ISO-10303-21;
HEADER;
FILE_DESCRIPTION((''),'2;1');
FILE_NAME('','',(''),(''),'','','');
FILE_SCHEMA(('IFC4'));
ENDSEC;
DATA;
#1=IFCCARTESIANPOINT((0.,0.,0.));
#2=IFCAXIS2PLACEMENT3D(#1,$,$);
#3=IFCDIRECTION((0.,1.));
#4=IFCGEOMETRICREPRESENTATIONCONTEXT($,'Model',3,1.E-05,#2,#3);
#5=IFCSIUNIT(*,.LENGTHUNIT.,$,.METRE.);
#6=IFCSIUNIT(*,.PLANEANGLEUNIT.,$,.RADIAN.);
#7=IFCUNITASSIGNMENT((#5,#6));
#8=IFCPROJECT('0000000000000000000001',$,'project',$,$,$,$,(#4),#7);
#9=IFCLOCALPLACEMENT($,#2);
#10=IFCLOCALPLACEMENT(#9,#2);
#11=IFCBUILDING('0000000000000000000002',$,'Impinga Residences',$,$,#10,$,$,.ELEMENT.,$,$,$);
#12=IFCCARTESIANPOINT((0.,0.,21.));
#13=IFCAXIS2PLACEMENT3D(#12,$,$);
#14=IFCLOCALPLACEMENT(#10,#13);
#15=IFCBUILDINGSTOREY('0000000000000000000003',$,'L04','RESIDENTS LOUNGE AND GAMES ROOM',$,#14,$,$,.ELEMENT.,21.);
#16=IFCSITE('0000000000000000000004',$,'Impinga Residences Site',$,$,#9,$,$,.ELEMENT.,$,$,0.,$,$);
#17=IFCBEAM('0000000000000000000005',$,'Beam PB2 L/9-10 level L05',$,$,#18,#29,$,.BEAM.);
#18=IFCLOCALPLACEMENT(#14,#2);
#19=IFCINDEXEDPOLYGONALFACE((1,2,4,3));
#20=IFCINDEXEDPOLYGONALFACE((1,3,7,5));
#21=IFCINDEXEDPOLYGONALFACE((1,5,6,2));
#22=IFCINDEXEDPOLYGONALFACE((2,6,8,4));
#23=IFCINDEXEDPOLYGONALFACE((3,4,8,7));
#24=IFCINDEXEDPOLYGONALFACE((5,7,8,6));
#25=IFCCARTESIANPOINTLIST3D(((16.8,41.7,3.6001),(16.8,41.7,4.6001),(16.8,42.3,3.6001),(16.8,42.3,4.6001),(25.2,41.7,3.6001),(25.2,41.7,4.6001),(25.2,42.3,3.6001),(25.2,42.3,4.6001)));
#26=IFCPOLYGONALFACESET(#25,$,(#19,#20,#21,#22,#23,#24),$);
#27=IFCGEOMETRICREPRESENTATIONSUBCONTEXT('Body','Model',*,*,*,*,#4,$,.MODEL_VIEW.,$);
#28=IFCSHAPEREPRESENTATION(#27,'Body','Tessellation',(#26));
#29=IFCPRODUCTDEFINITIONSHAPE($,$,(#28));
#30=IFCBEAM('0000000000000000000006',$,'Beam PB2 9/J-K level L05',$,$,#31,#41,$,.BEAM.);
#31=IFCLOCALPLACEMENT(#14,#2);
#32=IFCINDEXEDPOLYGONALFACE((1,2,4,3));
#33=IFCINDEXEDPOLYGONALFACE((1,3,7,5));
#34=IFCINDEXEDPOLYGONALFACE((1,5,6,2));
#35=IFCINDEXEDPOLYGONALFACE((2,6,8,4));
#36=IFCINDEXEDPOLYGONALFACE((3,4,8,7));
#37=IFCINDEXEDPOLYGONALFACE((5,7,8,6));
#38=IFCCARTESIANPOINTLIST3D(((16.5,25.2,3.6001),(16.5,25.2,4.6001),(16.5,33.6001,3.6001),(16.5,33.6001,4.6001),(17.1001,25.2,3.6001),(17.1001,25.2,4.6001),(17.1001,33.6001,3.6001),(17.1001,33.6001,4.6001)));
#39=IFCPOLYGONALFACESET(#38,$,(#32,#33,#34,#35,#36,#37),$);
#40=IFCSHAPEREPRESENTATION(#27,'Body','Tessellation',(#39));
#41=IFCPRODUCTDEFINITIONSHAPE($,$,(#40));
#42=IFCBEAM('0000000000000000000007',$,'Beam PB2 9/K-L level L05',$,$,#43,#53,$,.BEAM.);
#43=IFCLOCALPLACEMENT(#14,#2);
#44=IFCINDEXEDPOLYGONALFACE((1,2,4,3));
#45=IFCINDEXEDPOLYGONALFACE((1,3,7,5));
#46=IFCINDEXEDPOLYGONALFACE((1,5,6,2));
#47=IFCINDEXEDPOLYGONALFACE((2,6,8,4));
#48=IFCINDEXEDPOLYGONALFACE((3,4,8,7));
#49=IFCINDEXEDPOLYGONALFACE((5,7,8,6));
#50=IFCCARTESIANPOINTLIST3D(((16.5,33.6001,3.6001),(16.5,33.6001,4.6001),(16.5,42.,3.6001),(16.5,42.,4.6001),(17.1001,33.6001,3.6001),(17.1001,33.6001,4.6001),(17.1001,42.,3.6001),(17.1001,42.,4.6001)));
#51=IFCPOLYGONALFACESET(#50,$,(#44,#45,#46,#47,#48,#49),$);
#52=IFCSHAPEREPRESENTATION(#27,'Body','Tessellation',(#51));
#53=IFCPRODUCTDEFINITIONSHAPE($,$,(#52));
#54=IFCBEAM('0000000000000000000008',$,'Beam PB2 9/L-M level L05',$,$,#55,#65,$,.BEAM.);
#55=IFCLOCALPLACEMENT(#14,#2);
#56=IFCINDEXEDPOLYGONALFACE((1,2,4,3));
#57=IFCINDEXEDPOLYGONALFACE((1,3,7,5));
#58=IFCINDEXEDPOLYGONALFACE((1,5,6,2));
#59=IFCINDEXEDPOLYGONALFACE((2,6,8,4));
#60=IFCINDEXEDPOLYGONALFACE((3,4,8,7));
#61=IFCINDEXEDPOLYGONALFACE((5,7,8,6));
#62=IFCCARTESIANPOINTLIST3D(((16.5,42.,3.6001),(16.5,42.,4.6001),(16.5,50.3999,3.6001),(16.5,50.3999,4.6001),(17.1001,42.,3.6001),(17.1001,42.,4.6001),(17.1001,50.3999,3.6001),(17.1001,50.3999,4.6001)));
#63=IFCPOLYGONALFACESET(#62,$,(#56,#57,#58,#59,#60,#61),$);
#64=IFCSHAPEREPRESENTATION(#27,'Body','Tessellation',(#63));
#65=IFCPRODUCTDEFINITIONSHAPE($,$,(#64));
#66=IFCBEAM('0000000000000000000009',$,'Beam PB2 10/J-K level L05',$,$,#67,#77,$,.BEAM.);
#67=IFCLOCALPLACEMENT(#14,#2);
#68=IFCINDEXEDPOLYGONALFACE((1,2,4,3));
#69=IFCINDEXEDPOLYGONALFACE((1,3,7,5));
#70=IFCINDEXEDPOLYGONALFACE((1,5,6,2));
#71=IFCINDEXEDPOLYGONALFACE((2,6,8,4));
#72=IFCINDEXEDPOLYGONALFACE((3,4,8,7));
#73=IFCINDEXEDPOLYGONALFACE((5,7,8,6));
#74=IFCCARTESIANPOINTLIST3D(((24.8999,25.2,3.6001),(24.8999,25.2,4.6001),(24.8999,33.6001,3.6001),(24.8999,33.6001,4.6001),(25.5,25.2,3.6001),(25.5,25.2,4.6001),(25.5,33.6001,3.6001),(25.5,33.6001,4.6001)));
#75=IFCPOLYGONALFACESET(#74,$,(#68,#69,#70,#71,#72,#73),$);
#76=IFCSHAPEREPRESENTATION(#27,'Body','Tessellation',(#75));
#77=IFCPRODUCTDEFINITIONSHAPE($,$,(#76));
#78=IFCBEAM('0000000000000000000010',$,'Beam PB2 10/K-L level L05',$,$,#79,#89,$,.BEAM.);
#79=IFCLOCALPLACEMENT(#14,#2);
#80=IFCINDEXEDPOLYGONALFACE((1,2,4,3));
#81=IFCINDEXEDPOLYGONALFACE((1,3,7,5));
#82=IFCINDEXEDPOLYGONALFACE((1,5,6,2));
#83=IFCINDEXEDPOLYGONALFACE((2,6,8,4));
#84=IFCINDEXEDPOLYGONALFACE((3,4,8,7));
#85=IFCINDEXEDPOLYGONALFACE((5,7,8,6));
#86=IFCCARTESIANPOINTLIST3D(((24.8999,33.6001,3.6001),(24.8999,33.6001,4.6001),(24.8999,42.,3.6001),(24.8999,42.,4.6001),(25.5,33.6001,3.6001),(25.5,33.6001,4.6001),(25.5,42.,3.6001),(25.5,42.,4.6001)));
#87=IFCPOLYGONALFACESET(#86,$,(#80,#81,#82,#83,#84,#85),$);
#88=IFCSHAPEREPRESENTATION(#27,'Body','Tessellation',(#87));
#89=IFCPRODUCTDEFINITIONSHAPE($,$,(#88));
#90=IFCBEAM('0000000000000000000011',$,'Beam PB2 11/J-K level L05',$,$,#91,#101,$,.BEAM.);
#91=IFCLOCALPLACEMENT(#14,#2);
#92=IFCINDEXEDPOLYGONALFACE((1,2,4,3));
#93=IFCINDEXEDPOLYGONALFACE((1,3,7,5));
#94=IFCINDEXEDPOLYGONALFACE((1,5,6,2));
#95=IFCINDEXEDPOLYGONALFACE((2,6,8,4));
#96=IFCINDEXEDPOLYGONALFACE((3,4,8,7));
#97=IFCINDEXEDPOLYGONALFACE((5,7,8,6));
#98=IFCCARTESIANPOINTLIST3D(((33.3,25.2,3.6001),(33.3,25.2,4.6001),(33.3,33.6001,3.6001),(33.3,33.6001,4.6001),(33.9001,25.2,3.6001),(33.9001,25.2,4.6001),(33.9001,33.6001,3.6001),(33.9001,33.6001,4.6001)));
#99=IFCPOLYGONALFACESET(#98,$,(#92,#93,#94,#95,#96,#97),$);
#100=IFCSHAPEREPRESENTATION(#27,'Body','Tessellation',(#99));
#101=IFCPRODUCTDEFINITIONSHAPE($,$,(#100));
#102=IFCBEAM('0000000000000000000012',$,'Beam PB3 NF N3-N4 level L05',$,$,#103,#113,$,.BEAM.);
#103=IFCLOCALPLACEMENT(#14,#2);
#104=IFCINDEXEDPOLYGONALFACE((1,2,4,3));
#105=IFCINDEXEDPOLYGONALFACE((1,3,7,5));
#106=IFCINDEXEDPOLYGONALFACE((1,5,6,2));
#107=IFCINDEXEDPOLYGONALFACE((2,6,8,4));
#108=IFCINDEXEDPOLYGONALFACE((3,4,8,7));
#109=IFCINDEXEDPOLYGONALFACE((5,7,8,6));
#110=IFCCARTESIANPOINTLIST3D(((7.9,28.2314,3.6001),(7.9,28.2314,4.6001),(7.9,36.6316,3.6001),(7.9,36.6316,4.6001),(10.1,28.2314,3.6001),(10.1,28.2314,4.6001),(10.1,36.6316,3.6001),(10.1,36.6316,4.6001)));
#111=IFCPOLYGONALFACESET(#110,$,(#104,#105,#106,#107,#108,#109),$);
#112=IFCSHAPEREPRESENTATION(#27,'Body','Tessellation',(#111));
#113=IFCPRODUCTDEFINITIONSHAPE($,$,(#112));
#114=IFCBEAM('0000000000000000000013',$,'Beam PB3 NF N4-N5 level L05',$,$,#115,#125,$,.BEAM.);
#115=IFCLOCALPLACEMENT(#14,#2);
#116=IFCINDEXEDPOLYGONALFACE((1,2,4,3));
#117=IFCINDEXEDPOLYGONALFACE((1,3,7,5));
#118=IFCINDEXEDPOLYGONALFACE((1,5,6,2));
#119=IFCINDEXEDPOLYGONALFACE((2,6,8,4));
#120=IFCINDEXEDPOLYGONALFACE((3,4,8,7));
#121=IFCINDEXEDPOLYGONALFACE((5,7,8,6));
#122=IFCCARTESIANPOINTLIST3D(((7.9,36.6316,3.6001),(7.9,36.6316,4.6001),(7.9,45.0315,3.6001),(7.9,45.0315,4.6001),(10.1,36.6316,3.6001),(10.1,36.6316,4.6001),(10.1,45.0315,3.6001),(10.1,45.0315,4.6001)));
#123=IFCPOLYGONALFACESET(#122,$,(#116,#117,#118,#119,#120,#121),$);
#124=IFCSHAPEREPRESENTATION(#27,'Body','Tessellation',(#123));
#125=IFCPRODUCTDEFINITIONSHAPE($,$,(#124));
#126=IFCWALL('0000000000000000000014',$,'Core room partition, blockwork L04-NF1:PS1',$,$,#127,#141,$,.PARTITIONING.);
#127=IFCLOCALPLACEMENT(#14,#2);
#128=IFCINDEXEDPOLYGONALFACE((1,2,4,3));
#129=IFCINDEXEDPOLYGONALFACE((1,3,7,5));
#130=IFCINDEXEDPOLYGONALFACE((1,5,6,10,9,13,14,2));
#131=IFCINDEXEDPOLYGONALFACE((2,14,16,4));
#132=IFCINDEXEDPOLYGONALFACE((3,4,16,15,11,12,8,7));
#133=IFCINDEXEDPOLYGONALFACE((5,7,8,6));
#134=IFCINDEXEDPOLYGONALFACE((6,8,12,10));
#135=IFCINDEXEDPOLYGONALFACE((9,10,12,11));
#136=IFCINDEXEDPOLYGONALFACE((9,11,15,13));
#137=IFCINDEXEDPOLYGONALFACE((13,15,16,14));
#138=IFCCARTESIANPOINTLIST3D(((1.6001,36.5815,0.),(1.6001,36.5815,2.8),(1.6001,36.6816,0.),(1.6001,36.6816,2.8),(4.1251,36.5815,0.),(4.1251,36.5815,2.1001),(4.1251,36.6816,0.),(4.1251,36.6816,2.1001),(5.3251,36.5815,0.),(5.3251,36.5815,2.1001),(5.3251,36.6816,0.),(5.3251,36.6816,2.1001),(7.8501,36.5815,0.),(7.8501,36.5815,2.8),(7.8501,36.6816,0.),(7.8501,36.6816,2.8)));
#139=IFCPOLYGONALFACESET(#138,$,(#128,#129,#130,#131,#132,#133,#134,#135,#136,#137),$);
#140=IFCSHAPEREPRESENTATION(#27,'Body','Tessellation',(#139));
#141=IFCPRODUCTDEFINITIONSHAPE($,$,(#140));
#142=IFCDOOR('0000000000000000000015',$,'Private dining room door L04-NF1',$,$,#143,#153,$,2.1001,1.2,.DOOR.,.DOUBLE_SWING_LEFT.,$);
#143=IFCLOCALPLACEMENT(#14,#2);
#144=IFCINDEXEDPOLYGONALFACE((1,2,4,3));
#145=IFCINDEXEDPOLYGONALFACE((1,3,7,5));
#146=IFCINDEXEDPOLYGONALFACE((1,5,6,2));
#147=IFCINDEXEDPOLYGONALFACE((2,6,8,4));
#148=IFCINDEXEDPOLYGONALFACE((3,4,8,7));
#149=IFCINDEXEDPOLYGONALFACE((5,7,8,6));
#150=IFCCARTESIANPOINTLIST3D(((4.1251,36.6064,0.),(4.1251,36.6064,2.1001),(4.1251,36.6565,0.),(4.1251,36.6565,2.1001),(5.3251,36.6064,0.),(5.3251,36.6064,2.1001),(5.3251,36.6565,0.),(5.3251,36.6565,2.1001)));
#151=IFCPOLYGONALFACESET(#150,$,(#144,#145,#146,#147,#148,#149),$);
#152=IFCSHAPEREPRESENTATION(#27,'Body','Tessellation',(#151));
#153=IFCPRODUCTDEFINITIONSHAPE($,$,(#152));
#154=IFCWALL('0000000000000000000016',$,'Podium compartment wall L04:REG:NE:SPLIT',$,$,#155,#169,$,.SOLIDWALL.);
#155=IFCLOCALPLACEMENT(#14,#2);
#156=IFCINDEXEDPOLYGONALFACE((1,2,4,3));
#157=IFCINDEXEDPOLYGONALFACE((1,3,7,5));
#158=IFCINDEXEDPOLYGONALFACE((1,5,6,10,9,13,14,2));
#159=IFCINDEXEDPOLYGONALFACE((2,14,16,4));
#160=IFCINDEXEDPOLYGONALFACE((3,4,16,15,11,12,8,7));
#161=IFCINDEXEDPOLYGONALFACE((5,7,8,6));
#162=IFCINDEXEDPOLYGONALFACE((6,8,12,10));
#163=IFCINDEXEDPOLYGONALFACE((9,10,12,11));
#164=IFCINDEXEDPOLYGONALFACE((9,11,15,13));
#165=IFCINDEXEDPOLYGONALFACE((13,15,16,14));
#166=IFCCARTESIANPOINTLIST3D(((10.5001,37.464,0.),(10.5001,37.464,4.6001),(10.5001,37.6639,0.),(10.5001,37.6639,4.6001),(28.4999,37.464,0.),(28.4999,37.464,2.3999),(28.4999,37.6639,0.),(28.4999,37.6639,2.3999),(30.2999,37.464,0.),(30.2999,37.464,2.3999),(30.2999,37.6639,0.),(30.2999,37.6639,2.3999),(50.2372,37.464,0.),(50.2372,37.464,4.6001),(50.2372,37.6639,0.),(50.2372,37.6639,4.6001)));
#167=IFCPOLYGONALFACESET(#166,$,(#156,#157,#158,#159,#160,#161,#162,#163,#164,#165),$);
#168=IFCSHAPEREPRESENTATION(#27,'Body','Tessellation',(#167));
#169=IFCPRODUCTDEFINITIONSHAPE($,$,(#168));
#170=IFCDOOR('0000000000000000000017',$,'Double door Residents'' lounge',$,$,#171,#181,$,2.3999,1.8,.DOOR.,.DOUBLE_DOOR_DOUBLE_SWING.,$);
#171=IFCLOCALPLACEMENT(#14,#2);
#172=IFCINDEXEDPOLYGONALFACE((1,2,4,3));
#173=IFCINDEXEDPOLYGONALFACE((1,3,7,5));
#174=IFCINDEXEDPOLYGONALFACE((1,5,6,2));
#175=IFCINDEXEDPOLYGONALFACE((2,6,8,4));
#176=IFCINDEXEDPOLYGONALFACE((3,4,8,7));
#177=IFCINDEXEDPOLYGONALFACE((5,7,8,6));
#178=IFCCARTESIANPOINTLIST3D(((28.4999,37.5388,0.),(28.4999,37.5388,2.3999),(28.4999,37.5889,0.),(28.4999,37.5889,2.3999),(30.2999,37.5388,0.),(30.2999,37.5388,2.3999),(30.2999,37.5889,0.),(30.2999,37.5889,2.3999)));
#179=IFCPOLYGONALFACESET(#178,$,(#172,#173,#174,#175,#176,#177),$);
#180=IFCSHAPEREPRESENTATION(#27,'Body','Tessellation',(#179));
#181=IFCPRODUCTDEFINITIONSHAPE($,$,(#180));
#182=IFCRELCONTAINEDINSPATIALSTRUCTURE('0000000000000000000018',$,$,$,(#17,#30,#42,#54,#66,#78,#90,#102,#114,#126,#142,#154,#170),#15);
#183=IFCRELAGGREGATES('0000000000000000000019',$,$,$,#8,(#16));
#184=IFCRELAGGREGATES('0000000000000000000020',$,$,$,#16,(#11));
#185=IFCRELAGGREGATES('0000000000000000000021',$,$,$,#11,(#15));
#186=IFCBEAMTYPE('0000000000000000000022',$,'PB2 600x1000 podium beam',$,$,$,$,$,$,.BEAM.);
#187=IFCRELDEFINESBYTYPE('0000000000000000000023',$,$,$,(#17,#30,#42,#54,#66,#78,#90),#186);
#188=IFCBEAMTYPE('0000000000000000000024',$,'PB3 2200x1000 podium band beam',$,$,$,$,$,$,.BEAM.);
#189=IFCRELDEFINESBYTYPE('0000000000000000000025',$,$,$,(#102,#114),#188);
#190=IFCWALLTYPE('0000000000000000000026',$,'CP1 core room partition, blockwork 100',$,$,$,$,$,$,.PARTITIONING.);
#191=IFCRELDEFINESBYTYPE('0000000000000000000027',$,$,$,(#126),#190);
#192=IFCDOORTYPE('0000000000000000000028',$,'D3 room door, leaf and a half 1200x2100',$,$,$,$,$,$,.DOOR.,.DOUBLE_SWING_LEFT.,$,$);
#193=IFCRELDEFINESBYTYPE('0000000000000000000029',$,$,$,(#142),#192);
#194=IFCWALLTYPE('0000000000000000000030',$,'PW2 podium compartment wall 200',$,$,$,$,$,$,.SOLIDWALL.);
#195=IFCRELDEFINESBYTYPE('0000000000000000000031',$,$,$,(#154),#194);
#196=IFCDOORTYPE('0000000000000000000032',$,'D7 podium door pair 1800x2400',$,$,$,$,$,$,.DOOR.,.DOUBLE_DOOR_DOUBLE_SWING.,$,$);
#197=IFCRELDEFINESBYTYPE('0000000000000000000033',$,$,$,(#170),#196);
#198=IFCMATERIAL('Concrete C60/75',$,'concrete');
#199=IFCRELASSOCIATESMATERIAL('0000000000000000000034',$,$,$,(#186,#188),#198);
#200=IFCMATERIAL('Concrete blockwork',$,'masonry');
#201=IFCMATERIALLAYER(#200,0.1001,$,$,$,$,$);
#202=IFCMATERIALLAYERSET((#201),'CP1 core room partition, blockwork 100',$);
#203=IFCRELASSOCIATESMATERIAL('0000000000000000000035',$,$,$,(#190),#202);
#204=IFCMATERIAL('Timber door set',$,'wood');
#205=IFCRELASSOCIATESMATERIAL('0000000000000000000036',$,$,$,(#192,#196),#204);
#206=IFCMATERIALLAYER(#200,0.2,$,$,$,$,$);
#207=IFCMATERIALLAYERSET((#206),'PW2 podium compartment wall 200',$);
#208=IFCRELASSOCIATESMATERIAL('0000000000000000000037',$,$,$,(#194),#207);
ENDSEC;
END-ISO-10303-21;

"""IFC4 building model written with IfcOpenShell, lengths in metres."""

from ifc_helpers import new_model, si_unit, direction, frame, frame_2d, origin, origin_2d, place, context, subcontext, project, spatial, rectangle, extrude, material, layer, layer_set, material_profile, profile_set, type_object, element, fill, save


model = new_model("IFC4")

# Units and contexts
model_context = context("Model", 3, precision=1e-05, world=origin(), true_north=direction((0.0, 1.0)))
body_context = subcontext(model_context, "Body", "Model", "MODEL_VIEW")
ifc_project = project(units=[si_unit("LENGTHUNIT", "METRE"), si_unit("PLANEANGLEUNIT", "RADIAN")], contexts=[model_context])

# Site, building, storey
site_placement = place(None, origin())
site = spatial("IfcSite", under=ifc_project, at=site_placement, Name="Impinga Residences Site", CompositionType="ELEMENT", RefElevation=0.0)
building_placement = place(site_placement, origin())
building = spatial("IfcBuilding", under=site, at=building_placement, Name="Impinga Residences", CompositionType="ELEMENT")
storey_placement = place(building_placement, frame((0.0, 0.0, 21.0)))
storey = spatial("IfcBuildingStorey", under=building, at=storey_placement, Name="L04", Description="RESIDENTS LOUNGE AND GAMES ROOM", CompositionType="ELEMENT", Elevation=21.0)

# Beams
ifc_material_1 = material(Name="Concrete C60/75", Category="concrete")
ifc_material_profile_1 = material_profile(ifc_material_1, rectangle(XDim=0.6001, YDim=1.0, at=origin_2d()), Name="RC 600x1000")
ifc_profile_set_1 = profile_set([ifc_material_profile_1], Name="Concrete C60/75")
beam_type_1 = type_object("IfcBeamType", Name="PB2 600x1000 podium beam", PredefinedType="BEAM", material=ifc_profile_set_1)
for number, where, z_axis, x_axis, name in (
    (1, (16.8, 42.0, 4.1001), (1.0, 0.0, 0.0), (0.0, 1.0, 0.0), "Beam PB2 L/9-10 level L05"),
):
    element("IfcBeam", number, at=place(storey_placement, frame(where, z_axis=z_axis, x_axis=x_axis)), inside=storey, type_object=beam_type_1, Name=name, PredefinedType="BEAM", context=body_context, shape_type="SweptSolid", body=[
        extrude(rectangle(XDim=0.6001, YDim=1.0, at=origin_2d()), origin(), (0.0, 0.0, 1.0), 8.3999),
    ])
beam_1_placement = place(storey_placement, frame((16.8, 25.2, 4.1001), z_axis=(0.0, 1.0, 0.0), x_axis=(-1.0, 0.0, 0.0)))
element("IfcBeam", 2, at=beam_1_placement, inside=storey, type_object=beam_type_1, Name="Beam PB2 9/J-K level L05", PredefinedType="BEAM", context=body_context, shape_type="SweptSolid", body=[
    extrude(rectangle(XDim=0.6001, YDim=1.0, at=origin_2d()), origin(), (0.0, 0.0, 1.0), 8.4001),
])
for number, where, z_axis, x_axis, name in (
    (3, (16.8, 33.6001, 4.1001), (0.0, 1.0, 0.0), (-1.0, 0.0, 0.0), "Beam PB2 9/K-L level L05"),
    (4, (16.8, 42.0, 4.1001), (0.0, 1.0, 0.0), (-1.0, 0.0, 0.0), "Beam PB2 9/L-M level L05"),
):
    element("IfcBeam", number, at=place(storey_placement, frame(where, z_axis=z_axis, x_axis=x_axis)), inside=storey, type_object=beam_type_1, Name=name, PredefinedType="BEAM", context=body_context, shape_type="SweptSolid", body=[
        extrude(rectangle(XDim=0.6001, YDim=1.0, at=origin_2d()), origin(), (0.0, 0.0, 1.0), 8.3999),
    ])
beam_2_placement = place(storey_placement, frame((25.2, 25.2, 4.1001), z_axis=(0.0, 1.0, 0.0), x_axis=(-1.0, 0.0, 0.0)))
element("IfcBeam", 5, at=beam_2_placement, inside=storey, type_object=beam_type_1, Name="Beam PB2 10/J-K level L05", PredefinedType="BEAM", context=body_context, shape_type="SweptSolid", body=[
    extrude(rectangle(XDim=0.6001, YDim=1.0, at=origin_2d()), origin(), (0.0, 0.0, 1.0), 8.4001),
])
beam_3_placement = place(storey_placement, frame((25.2, 33.6001, 4.1001), z_axis=(0.0, 1.0, 0.0), x_axis=(-1.0, 0.0, 0.0)))
element("IfcBeam", 6, at=beam_3_placement, inside=storey, type_object=beam_type_1, Name="Beam PB2 10/K-L level L05", PredefinedType="BEAM", context=body_context, shape_type="SweptSolid", body=[
    extrude(rectangle(XDim=0.6001, YDim=1.0, at=origin_2d()), origin(), (0.0, 0.0, 1.0), 8.3999),
])
beam_4_placement = place(storey_placement, frame((33.6001, 25.2, 4.1001), z_axis=(0.0, 1.0, 0.0), x_axis=(-1.0, 0.0, 0.0)))
element("IfcBeam", 7, at=beam_4_placement, inside=storey, type_object=beam_type_1, Name="Beam PB2 11/J-K level L05", PredefinedType="BEAM", context=body_context, shape_type="SweptSolid", body=[
    extrude(rectangle(XDim=0.6001, YDim=1.0, at=origin_2d()), origin(), (0.0, 0.0, 1.0), 8.4001),
])
ifc_material_profile_2 = material_profile(ifc_material_1, rectangle(XDim=2.2, YDim=1.0, at=origin_2d()), Name="RC 2200x1000")
ifc_profile_set_2 = profile_set([ifc_material_profile_2], Name="Concrete C60/75")
beam_type_2 = type_object("IfcBeamType", Name="PB3 2200x1000 podium band beam", PredefinedType="BEAM", material=ifc_profile_set_2)
beam_5_placement = place(storey_placement, frame((9.0, 28.2314, 4.1001), z_axis=(0.0, 1.0, 0.0), x_axis=(-1.0, 0.0, 0.0)))
element("IfcBeam", 8, at=beam_5_placement, inside=storey, type_object=beam_type_2, Name="Beam PB3 NF N3-N4 level L05", PredefinedType="BEAM", context=body_context, shape_type="SweptSolid", body=[
    extrude(rectangle(XDim=2.2, YDim=1.0, at=origin_2d()), origin(), (0.0, 0.0, 1.0), 8.4001),
])
beam_6_placement = place(storey_placement, frame((9.0, 36.6316, 4.1001), z_axis=(0.0, 1.0, 0.0), x_axis=(-1.0, 0.0, 0.0)))
element("IfcBeam", 9, at=beam_6_placement, inside=storey, type_object=beam_type_2, Name="Beam PB3 NF N4-N5 level L05", PredefinedType="BEAM", context=body_context, shape_type="SweptSolid", body=[
    extrude(rectangle(XDim=2.2, YDim=1.0, at=origin_2d()), origin(), (0.0, 0.0, 1.0), 8.3999),
])

# Walls, openings, doors
ifc_material_2 = material(Name="Concrete blockwork", Category="masonry")
ifc_layer_1 = layer(ifc_material_2, 0.1001)
ifc_layer_set_1 = layer_set([ifc_layer_1], Name="CP1 core room partition, blockwork 100")
wall_type_1 = type_object("IfcWallType", Name="CP1 core room partition, blockwork 100", PredefinedType="PARTITIONING", material=ifc_layer_set_1)
wall_1_placement = place(storey_placement, frame((1.6001, 36.6316, 0.0), z_axis=(0.0, 0.0, 1.0), x_axis=(1.0, 0.0, 0.0)))
wall_1 = element("IfcWall", 10, at=wall_1_placement, inside=storey, type_object=wall_type_1, Name="Core room partition, blockwork L04-NF1:PS1", PredefinedType="PARTITIONING", context=body_context, shape_type="SweptSolid", body=[
    extrude(rectangle(XDim=6.25, YDim=0.1001, at=frame_2d((3.125, 0.0))), origin(), (0.0, 0.0, 1.0), 2.8),
])
opening_1_placement = place(wall_1_placement, frame((2.5249, 0.0, 0.0)))
opening_1 = element("IfcOpeningElement", 11, at=opening_1_placement, cuts=wall_1, PredefinedType="OPENING", context=body_context, shape_type="SweptSolid", body=[
    extrude(rectangle(XDim=1.2, YDim=2.1001, at=frame_2d((0.6001, 1.05))), frame((0.0, 0.0601, 0.0), z_axis=(0.0, -1.0, 0.0), x_axis=(1.0, 0.0, 0.0)), (0.0, 0.0, 1.0), 0.1201),
])
ifc_material_3 = material(Name="Timber door set", Category="wood")
door_type_1 = type_object("IfcDoorType", Name="D3 room door, leaf and a half 1200x2100", OperationType="DOUBLE_SWING_LEFT", PredefinedType="DOOR", material=ifc_material_3)
door_1_placement = place(opening_1_placement, origin())
door_1 = element("IfcDoor", 12, at=door_1_placement, inside=storey, type_object=door_type_1, Name="Private dining room door L04-NF1", OperationType="DOUBLE_SWING_LEFT", OverallHeight=2.1001, OverallWidth=1.2, PredefinedType="DOOR", context=body_context, shape_type="SweptSolid", body=[
    extrude(rectangle(XDim=1.2, YDim=2.1001, at=frame_2d((0.6001, 1.05))), frame((0.0, 0.0249, 0.0), z_axis=(0.0, -1.0, 0.0), x_axis=(1.0, 0.0, 0.0)), (0.0, 0.0, 1.0), 0.05),
])
fill(opening_1, door_1)
ifc_layer_2 = layer(ifc_material_2, 0.2)
ifc_layer_set_2 = layer_set([ifc_layer_2], Name="PW2 podium compartment wall 200")
wall_type_2 = type_object("IfcWallType", Name="PW2 podium compartment wall 200", PredefinedType="SOLIDWALL", material=ifc_layer_set_2)
wall_2_placement = place(storey_placement, frame((10.5, 37.564, 0.0), z_axis=(0.0, 0.0, 1.0), x_axis=(1.0, 0.0, 0.0)))
wall_2 = element("IfcWall", 13, at=wall_2_placement, inside=storey, type_object=wall_type_2, Name="Podium compartment wall L04:REG:NE:SPLIT", PredefinedType="SOLIDWALL", context=body_context, shape_type="SweptSolid", body=[
    extrude(rectangle(XDim=39.7371, YDim=0.2, at=frame_2d((19.8687, 0.0))), origin(), (0.0, 0.0, 1.0), 4.6001),
])
opening_2_placement = place(wall_2_placement, frame((18.0, 0.0, 0.0)))
opening_2 = element("IfcOpeningElement", 14, at=opening_2_placement, cuts=wall_2, PredefinedType="OPENING", context=body_context, shape_type="SweptSolid", body=[
    extrude(rectangle(XDim=1.8, YDim=2.3999, at=frame_2d((0.8999, 1.2))), frame((0.0, 0.1099, 0.0), z_axis=(0.0, -1.0, 0.0), x_axis=(1.0, 0.0, 0.0)), (0.0, 0.0, 1.0), 0.22),
])
door_type_2 = type_object("IfcDoorType", Name="D7 podium door pair 1800x2400", OperationType="DOUBLE_DOOR_DOUBLE_SWING", PredefinedType="DOOR", material=ifc_material_3)
door_2_placement = place(opening_2_placement, origin())
door_2 = element("IfcDoor", 15, at=door_2_placement, inside=storey, type_object=door_type_2, Name="Double door Residents' lounge", OperationType="DOUBLE_DOOR_DOUBLE_SWING", OverallHeight=2.3999, OverallWidth=1.8, PredefinedType="DOOR", context=body_context, shape_type="SweptSolid", body=[
    extrude(rectangle(XDim=1.8, YDim=2.3999, at=frame_2d((0.8999, 1.2))), frame((0.0, 0.0249, 0.0), z_axis=(0.0, -1.0, 0.0), x_axis=(1.0, 0.0, 0.0)), (0.0, 0.0, 1.0), 0.05),
])
fill(opening_2, door_2)

save(model, "model.ifc")
